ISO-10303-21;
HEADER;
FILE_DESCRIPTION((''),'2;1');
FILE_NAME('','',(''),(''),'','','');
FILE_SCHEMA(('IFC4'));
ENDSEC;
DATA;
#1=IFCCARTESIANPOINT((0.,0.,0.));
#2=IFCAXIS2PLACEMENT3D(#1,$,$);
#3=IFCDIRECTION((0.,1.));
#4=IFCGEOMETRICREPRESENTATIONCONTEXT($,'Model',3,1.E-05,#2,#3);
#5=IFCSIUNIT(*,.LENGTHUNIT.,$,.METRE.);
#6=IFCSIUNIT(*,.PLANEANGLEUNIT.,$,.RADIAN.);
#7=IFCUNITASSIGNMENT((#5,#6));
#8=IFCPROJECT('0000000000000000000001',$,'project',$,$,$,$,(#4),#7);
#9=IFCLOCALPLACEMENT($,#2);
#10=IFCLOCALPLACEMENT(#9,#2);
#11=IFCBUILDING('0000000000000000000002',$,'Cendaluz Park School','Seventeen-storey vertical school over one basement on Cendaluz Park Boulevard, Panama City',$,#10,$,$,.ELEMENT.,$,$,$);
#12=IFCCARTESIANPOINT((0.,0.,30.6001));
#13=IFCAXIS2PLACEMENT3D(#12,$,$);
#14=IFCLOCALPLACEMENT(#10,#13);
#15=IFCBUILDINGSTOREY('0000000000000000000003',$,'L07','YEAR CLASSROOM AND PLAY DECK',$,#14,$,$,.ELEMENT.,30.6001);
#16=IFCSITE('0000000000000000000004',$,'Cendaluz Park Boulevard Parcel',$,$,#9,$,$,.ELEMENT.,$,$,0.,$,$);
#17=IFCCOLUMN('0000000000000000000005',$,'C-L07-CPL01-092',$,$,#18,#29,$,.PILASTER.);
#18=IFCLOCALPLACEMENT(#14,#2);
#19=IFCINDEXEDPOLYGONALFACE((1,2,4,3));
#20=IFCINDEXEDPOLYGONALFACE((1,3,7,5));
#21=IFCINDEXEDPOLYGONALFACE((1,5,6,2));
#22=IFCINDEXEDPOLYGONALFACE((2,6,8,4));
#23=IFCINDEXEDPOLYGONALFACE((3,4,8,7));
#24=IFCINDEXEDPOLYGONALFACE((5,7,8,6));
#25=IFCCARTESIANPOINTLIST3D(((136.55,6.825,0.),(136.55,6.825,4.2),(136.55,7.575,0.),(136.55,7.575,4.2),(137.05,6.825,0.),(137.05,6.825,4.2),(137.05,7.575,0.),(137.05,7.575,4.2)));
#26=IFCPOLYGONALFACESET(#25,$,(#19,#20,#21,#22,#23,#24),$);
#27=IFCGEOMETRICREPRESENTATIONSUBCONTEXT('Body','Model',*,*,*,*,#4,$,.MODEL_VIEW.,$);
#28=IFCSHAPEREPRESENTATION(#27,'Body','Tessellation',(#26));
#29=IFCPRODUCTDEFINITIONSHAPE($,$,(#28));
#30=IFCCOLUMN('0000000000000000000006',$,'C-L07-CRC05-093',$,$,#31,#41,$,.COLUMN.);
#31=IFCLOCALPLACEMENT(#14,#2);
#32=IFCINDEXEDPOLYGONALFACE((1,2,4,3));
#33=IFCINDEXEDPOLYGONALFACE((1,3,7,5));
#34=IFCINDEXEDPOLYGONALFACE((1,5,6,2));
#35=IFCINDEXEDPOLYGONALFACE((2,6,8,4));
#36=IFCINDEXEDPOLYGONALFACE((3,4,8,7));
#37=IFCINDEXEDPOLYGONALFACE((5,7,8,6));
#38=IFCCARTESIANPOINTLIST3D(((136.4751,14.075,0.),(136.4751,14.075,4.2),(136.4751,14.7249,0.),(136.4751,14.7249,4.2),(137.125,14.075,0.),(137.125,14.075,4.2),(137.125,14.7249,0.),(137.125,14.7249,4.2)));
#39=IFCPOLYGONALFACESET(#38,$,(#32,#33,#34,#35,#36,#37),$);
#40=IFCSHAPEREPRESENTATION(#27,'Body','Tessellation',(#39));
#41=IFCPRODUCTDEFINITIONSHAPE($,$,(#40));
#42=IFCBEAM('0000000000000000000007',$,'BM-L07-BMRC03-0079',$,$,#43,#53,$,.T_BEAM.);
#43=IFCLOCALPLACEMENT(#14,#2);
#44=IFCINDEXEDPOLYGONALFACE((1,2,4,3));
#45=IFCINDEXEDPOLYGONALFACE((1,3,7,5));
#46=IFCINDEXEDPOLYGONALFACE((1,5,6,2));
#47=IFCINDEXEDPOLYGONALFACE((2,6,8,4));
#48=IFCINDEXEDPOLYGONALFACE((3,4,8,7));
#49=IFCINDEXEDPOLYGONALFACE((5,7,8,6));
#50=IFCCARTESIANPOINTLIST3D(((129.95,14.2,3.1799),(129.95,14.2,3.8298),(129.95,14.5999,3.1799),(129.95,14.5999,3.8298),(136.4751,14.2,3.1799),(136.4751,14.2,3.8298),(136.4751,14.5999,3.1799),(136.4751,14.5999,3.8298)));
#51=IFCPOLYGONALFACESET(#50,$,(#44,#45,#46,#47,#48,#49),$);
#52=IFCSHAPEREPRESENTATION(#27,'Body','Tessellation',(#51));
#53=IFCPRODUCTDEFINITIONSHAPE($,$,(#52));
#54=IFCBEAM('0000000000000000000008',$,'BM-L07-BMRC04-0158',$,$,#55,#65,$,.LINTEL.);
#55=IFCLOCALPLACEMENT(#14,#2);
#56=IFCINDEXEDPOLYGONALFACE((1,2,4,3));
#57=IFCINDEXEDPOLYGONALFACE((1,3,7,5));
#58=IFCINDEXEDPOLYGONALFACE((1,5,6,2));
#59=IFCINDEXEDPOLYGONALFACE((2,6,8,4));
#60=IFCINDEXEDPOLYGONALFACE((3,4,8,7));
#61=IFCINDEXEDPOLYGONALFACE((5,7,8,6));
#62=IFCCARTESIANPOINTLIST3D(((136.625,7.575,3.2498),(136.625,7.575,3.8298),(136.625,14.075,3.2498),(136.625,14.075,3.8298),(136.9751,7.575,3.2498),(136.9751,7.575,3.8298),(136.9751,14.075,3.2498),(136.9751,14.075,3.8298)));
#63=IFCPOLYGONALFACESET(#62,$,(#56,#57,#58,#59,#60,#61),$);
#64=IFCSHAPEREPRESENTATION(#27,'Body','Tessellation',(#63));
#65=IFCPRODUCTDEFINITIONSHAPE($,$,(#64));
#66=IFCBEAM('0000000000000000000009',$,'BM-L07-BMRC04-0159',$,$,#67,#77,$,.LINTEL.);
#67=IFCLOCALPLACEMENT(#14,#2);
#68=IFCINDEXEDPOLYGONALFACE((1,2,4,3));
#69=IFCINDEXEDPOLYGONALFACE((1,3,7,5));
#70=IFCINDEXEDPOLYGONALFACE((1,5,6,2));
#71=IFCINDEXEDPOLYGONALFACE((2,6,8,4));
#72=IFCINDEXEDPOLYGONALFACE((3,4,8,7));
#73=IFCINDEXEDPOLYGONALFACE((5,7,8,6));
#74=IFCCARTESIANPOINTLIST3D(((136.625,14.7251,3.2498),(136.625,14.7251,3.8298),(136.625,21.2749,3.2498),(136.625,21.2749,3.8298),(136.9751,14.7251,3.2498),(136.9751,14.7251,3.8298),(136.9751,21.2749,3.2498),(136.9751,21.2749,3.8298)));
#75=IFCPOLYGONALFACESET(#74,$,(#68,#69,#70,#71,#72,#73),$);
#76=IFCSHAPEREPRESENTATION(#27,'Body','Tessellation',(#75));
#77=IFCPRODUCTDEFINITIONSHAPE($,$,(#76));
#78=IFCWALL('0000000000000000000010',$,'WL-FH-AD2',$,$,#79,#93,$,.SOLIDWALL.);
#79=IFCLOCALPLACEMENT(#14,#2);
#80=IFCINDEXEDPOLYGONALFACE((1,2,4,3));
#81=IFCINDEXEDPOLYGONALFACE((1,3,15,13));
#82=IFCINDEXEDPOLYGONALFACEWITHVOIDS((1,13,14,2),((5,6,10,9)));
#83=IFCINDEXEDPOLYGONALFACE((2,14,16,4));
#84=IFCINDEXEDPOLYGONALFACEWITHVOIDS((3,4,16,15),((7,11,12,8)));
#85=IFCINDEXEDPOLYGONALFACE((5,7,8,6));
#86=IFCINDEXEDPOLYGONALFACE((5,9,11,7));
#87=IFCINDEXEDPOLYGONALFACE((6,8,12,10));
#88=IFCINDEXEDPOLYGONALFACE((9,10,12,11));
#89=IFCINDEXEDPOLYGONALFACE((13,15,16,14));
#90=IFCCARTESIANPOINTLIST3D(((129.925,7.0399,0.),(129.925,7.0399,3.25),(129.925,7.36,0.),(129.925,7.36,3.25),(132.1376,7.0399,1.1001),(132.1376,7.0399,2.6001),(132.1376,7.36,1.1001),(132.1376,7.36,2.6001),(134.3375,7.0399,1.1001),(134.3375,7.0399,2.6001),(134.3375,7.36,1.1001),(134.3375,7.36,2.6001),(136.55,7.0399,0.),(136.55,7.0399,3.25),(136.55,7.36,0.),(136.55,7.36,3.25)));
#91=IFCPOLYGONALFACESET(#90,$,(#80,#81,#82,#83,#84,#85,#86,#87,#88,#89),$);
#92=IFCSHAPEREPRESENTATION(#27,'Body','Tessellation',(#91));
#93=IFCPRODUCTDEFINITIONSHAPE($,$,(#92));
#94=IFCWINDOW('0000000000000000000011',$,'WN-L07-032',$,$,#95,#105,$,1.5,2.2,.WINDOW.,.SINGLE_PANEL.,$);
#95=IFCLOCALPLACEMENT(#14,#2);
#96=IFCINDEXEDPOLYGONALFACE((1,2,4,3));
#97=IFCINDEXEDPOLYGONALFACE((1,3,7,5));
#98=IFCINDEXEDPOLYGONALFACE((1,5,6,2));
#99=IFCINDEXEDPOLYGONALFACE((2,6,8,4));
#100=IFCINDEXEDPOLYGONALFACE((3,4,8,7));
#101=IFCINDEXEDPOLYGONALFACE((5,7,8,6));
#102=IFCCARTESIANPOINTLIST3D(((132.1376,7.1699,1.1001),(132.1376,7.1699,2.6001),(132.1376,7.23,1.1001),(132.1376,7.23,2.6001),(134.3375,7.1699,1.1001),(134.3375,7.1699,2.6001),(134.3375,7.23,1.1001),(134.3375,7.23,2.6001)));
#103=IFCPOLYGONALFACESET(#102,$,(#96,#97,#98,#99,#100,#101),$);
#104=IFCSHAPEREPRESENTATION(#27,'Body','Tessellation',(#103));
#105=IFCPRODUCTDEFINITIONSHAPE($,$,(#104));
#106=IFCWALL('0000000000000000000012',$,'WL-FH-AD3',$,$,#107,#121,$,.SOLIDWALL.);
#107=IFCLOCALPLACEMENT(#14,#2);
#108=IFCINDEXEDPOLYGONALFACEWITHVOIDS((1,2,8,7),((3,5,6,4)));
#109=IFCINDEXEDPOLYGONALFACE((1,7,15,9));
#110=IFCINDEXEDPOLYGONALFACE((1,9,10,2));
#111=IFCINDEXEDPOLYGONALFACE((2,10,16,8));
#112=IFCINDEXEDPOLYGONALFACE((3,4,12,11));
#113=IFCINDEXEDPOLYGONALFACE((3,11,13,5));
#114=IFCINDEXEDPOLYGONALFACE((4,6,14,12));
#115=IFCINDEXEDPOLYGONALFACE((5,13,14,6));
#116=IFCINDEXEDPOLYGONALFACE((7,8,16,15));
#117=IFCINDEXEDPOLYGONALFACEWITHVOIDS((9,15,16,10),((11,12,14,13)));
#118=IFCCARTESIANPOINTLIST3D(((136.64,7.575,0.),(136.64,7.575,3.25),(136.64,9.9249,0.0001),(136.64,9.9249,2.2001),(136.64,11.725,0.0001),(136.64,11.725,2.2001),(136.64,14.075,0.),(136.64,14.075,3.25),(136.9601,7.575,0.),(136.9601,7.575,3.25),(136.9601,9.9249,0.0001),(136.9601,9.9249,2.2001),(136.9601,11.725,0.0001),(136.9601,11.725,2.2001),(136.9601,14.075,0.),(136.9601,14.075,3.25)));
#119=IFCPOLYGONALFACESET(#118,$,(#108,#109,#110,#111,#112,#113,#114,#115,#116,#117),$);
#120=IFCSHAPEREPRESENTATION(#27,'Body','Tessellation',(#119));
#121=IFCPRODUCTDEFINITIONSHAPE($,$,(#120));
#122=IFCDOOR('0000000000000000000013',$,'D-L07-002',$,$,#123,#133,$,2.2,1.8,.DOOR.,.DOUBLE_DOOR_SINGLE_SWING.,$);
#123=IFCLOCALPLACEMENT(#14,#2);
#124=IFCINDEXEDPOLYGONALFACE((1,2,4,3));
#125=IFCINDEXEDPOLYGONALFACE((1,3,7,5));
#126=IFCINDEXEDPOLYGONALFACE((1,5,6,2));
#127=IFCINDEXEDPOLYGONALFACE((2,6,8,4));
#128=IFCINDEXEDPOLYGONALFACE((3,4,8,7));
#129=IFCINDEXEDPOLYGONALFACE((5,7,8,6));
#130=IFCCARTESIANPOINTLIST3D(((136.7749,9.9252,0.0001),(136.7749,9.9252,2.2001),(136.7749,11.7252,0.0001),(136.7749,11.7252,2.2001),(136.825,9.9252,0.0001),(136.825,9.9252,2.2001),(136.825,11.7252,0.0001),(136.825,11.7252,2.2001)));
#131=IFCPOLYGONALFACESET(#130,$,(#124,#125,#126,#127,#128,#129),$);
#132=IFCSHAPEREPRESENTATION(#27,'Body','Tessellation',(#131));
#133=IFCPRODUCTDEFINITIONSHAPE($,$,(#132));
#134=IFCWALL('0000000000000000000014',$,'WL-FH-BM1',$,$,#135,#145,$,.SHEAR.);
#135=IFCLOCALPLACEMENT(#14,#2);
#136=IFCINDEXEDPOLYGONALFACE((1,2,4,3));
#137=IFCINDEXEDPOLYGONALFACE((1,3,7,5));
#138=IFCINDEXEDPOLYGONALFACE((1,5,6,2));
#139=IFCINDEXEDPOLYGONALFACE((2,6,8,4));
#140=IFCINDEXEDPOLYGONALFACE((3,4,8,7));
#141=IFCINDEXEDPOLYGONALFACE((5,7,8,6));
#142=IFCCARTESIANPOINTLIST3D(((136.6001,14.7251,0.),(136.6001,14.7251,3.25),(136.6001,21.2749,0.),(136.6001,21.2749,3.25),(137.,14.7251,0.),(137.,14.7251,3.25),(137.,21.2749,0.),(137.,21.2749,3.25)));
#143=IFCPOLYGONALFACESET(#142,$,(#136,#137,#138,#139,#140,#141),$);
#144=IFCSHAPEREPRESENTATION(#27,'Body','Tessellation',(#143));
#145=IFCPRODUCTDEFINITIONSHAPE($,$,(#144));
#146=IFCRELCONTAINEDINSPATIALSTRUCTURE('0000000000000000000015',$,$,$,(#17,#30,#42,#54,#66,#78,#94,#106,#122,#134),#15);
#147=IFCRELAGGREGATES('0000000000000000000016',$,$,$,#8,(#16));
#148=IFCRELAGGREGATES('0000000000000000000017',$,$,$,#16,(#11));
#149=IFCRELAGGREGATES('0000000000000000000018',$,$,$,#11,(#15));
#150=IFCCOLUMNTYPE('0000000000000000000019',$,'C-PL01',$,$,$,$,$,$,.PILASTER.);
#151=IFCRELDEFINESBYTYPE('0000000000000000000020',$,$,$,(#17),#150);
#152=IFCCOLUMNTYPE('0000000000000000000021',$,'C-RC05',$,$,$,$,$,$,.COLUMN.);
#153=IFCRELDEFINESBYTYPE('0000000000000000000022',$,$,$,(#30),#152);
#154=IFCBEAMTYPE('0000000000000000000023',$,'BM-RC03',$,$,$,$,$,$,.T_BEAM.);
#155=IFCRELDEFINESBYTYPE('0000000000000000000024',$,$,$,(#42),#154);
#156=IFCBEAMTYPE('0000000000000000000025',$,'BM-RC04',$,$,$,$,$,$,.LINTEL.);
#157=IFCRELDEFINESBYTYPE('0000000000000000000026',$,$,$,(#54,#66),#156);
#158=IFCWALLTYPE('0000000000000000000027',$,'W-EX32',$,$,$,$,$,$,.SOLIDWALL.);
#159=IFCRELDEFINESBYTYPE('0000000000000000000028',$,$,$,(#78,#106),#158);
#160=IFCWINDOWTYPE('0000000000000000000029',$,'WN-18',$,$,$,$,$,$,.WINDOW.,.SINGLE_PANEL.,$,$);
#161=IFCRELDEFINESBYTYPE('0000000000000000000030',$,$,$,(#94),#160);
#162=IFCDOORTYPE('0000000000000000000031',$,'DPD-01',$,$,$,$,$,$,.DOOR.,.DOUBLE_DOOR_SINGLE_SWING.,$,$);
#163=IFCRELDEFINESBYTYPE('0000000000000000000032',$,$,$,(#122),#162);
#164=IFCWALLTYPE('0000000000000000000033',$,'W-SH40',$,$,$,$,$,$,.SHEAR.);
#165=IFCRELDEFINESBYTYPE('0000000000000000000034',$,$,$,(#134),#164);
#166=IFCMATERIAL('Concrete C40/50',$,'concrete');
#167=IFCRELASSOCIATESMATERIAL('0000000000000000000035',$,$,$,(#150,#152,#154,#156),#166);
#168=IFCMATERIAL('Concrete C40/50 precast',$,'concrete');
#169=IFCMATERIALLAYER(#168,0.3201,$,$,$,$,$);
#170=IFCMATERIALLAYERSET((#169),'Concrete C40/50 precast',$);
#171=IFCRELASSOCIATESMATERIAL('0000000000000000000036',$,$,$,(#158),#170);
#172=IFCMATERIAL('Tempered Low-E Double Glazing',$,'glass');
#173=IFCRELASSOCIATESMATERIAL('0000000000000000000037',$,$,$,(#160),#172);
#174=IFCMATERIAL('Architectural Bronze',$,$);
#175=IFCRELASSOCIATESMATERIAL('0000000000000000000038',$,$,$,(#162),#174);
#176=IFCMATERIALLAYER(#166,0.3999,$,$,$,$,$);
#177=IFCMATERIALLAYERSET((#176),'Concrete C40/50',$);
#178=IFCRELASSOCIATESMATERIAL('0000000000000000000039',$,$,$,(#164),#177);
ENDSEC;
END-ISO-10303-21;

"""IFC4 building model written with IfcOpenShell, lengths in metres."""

from ifc_helpers import new_model, si_unit, direction, frame, frame_2d, origin, origin_2d, place, context, subcontext, project, spatial, rectangle, extrude, material, layer, layer_set, material_profile, profile_set, type_object, element, fill, save


model = new_model("IFC4")

# Units and contexts
model_context = context("Model", 3, precision=1e-05, world=origin(), true_north=direction((0.0, 1.0)))
body_context = subcontext(model_context, "Body", "Model", "MODEL_VIEW")
ifc_project = project(units=[si_unit("LENGTHUNIT", "METRE"), si_unit("PLANEANGLEUNIT", "RADIAN")], contexts=[model_context])

# Site, building, storey
site_placement = place(None, origin())
site = spatial("IfcSite", under=ifc_project, at=site_placement, Name="Cendaluz Park Boulevard Parcel", CompositionType="ELEMENT", RefElevation=0.0)
building_placement = place(site_placement, origin())
building = spatial("IfcBuilding", under=site, at=building_placement, Name="Cendaluz Park School", Description="Seventeen-storey vertical school over one basement on Cendaluz Park Boulevard, Panama City", CompositionType="ELEMENT")
storey_placement = place(building_placement, frame((0.0, 0.0, 30.6001)))
storey = spatial("IfcBuildingStorey", under=building, at=storey_placement, Name="L07", Description="YEAR CLASSROOM AND PLAY DECK", CompositionType="ELEMENT", Elevation=30.6001)

# Columns
ifc_material_1 = material(Name="Concrete C40/50", Category="concrete")
ifc_material_profile_1 = material_profile(ifc_material_1, rectangle(XDim=0.5, YDim=0.75, at=origin_2d()), Name="RC 500x750", Category="concrete")
ifc_profile_set_1 = profile_set([ifc_material_profile_1], Name="Concrete C40/50")
column_type_1 = type_object("IfcColumnType", Name="C-PL01", PredefinedType="PILASTER", material=ifc_profile_set_1)
column_1_placement = place(storey_placement, frame((136.8, 7.2, 0.0), z_axis=(0.0, 0.0, 1.0), x_axis=(1.0, 0.0, 0.0)))
element("IfcColumn", 1, at=column_1_placement, inside=storey, type_object=column_type_1, Name="C-L07-CPL01-092", PredefinedType="PILASTER", context=body_context, shape_type="SweptSolid", body=[
    extrude(rectangle(XDim=0.5, YDim=0.75, at=origin_2d()), origin(), (0.0, 0.0, 1.0), 4.2),
])
ifc_material_profile_2 = material_profile(ifc_material_1, rectangle(XDim=0.6499, YDim=0.6499, at=origin_2d()), Name="RC 650x650", Category="concrete")
ifc_profile_set_2 = profile_set([ifc_material_profile_2], Name="Concrete C40/50")
column_type_2 = type_object("IfcColumnType", Name="C-RC05", PredefinedType="COLUMN", material=ifc_profile_set_2)
column_2_placement = place(storey_placement, frame((136.8, 14.3999, 0.0), z_axis=(0.0, 0.0, 1.0), x_axis=(1.0, 0.0, 0.0)))
element("IfcColumn", 2, at=column_2_placement, inside=storey, type_object=column_type_2, Name="C-L07-CRC05-093", PredefinedType="COLUMN", context=body_context, shape_type="SweptSolid", body=[
    extrude(rectangle(XDim=0.6499, YDim=0.6499, at=origin_2d()), origin(), (0.0, 0.0, 1.0), 4.2),
])

# Beams
ifc_material_profile_3 = material_profile(ifc_material_1, rectangle(XDim=0.3999, YDim=0.6499, at=origin_2d()), Name="RC 400x650", Category="concrete")
ifc_profile_set_3 = profile_set([ifc_material_profile_3], Name="Concrete C40/50")
beam_type_1 = type_object("IfcBeamType", Name="BM-RC03", PredefinedType="T_BEAM", material=ifc_profile_set_3)
beam_1_placement = place(storey_placement, frame((129.95, 14.3999, 3.5049), z_axis=(1.0, 0.0, 0.0), x_axis=(0.0, 1.0, 0.0)))
element("IfcBeam", 3, at=beam_1_placement, inside=storey, type_object=beam_type_1, Name="BM-L07-BMRC03-0079", PredefinedType="T_BEAM", context=body_context, shape_type="SweptSolid", body=[
    extrude(rectangle(XDim=0.3999, YDim=0.6499, at=origin_2d()), origin(), (0.0, 0.0, 1.0), 6.5251),
])
ifc_material_profile_4 = material_profile(ifc_material_1, rectangle(XDim=0.3501, YDim=0.5801, at=origin_2d()), Name="RC 350x580", Category="concrete")
ifc_profile_set_4 = profile_set([ifc_material_profile_4], Name="Concrete C40/50")
beam_type_2 = type_object("IfcBeamType", Name="BM-RC04", PredefinedType="LINTEL", material=ifc_profile_set_4)
beam_2_placement = place(storey_placement, frame((136.8, 7.575, 3.5398), z_axis=(0.0, 1.0, 0.0), x_axis=(-1.0, 0.0, 0.0)))
element("IfcBeam", 4, at=beam_2_placement, inside=storey, type_object=beam_type_2, Name="BM-L07-BMRC04-0158", PredefinedType="LINTEL", context=body_context, shape_type="SweptSolid", body=[
    extrude(rectangle(XDim=0.3501, YDim=0.5801, at=origin_2d()), origin(), (0.0, 0.0, 1.0), 6.5),
])
beam_3_placement = place(storey_placement, frame((136.8, 14.7251, 3.5398), z_axis=(0.0, 1.0, 0.0), x_axis=(-1.0, 0.0, 0.0)))
element("IfcBeam", 5, at=beam_3_placement, inside=storey, type_object=beam_type_2, Name="BM-L07-BMRC04-0159", PredefinedType="LINTEL", context=body_context, shape_type="SweptSolid", body=[
    extrude(rectangle(XDim=0.3501, YDim=0.5801, at=origin_2d()), origin(), (0.0, 0.0, 1.0), 6.5498),
])

# Wall, opening, window
ifc_material_2 = material(Name="Concrete C40/50 precast", Category="concrete")
ifc_layer_1 = layer(ifc_material_2, 0.3201)
ifc_layer_set_1 = layer_set([ifc_layer_1], Name="Concrete C40/50 precast")
wall_type_1 = type_object("IfcWallType", Name="W-EX32", PredefinedType="SOLIDWALL", material=ifc_layer_set_1)
wall_1_placement = place(storey_placement, frame((129.925, 7.2, 0.0), z_axis=(0.0, 0.0, 1.0), x_axis=(1.0, 0.0, 0.0)))
wall_1 = element("IfcWall", 6, at=wall_1_placement, inside=storey, type_object=wall_type_1, Name="WL-FH-AD2", PredefinedType="SOLIDWALL", context=body_context, shape_type="SweptSolid", body=[
    extrude(rectangle(XDim=6.625, YDim=0.3201, at=frame_2d((3.3125, 0.0))), origin(), (0.0, 0.0, 1.0), 3.25),
])
opening_1_placement = place(wall_1_placement, frame((2.2124, 0.0, 1.1001)))
opening_1 = element("IfcOpeningElement", 7, at=opening_1_placement, cuts=wall_1, PredefinedType="OPENING", context=body_context, shape_type="SweptSolid", body=[
    extrude(rectangle(XDim=2.2, YDim=1.5, at=frame_2d((1.1001, 0.75))), frame((0.0, 0.1721, 0.0), z_axis=(0.0, -1.0, 0.0), x_axis=(1.0, 0.0, 0.0)), (0.0, 0.0, 1.0), 0.344),
])
ifc_material_3 = material(Name="Tempered Low-E Double Glazing", Category="glass")
window_type = type_object("IfcWindowType", Name="WN-18", PartitioningType="SINGLE_PANEL", PredefinedType="WINDOW", material=ifc_material_3)
window_placement = place(opening_1_placement, origin())
window = element("IfcWindow", 8, at=window_placement, inside=storey, type_object=window_type, Name="WN-L07-032", OverallHeight=1.5, OverallWidth=2.2, PartitioningType="SINGLE_PANEL", PredefinedType="WINDOW", context=body_context, shape_type="SweptSolid", body=[
    extrude(rectangle(XDim=2.2, YDim=1.5, at=frame_2d((1.1001, 0.75))), frame((0.0, 0.03, 0.0), z_axis=(0.0, -1.0, 0.0), x_axis=(1.0, 0.0, 0.0)), (0.0, 0.0, 1.0), 0.0601),
])
fill(opening_1, window)

# Wall, opening, door
wall_2_placement = place(storey_placement, frame((136.8, 7.575, 0.0), z_axis=(0.0, 0.0, 1.0), x_axis=(0.0, 1.0, 0.0)))
wall_2 = element("IfcWall", 9, at=wall_2_placement, inside=storey, type_object=wall_type_1, Name="WL-FH-AD3", PredefinedType="SOLIDWALL", context=body_context, shape_type="SweptSolid", body=[
    extrude(rectangle(XDim=6.5, YDim=0.3201, at=frame_2d((3.25, 0.0))), origin(), (0.0, 0.0, 1.0), 3.25),
])
opening_2_placement = place(wall_2_placement, frame((2.3501, 0.0, 0.0)))
opening_2 = element("IfcOpeningElement", 10, at=opening_2_placement, cuts=wall_2, PredefinedType="OPENING", context=body_context, shape_type="SweptSolid", body=[
    extrude(rectangle(XDim=1.8, YDim=2.2, at=frame_2d((0.8999, 1.1001))), frame((0.0, 0.1721, 0.0), z_axis=(0.0, -1.0, 0.0), x_axis=(1.0, 0.0, 0.0)), (0.0, 0.0, 1.0), 0.344),
])
ifc_material_4 = material(Name="Architectural Bronze")
door_type_1 = type_object("IfcDoorType", Name="DPD-01", OperationType="DOUBLE_DOOR_SINGLE_SWING", PredefinedType="DOOR", material=ifc_material_4)
door_1_placement = place(opening_2_placement, frame((1.8, 0.0, 0.0), z_axis=(0.0, 0.0, 1.0), x_axis=(-1.0, 0.0, 0.0)))
door_1 = element("IfcDoor", 11, at=door_1_placement, inside=storey, type_object=door_type_1, Name="D-L07-002", OperationType="DOUBLE_DOOR_SINGLE_SWING", OverallHeight=2.2, OverallWidth=1.8, PredefinedType="DOOR", context=body_context, shape_type="SweptSolid", body=[
    extrude(rectangle(XDim=1.8, YDim=2.2, at=frame_2d((0.8999, 1.1001))), frame((0.0, 0.0249, 0.0), z_axis=(0.0, -1.0, 0.0), x_axis=(1.0, 0.0, 0.0)), (0.0, 0.0, 1.0), 0.05),
])
fill(opening_2, door_1)

# Wall
ifc_layer_2 = layer(ifc_material_1, 0.3999)
ifc_layer_set_2 = layer_set([ifc_layer_2], Name="Concrete C40/50")
wall_type_2 = type_object("IfcWallType", Name="W-SH40", PredefinedType="SHEAR", material=ifc_layer_set_2)
wall_3_placement = place(storey_placement, frame((136.8, 14.7251, 0.0), z_axis=(0.0, 0.0, 1.0), x_axis=(0.0, 1.0, 0.0)))
element("IfcWall", 12, at=wall_3_placement, inside=storey, type_object=wall_type_2, Name="WL-FH-BM1", PredefinedType="SHEAR", context=body_context, shape_type="SweptSolid", body=[
    extrude(rectangle(XDim=6.5498, YDim=0.3999, at=frame_2d((3.2749, 0.0))), origin(), (0.0, 0.0, 1.0), 3.25),
])

save(model, "model.ifc")
